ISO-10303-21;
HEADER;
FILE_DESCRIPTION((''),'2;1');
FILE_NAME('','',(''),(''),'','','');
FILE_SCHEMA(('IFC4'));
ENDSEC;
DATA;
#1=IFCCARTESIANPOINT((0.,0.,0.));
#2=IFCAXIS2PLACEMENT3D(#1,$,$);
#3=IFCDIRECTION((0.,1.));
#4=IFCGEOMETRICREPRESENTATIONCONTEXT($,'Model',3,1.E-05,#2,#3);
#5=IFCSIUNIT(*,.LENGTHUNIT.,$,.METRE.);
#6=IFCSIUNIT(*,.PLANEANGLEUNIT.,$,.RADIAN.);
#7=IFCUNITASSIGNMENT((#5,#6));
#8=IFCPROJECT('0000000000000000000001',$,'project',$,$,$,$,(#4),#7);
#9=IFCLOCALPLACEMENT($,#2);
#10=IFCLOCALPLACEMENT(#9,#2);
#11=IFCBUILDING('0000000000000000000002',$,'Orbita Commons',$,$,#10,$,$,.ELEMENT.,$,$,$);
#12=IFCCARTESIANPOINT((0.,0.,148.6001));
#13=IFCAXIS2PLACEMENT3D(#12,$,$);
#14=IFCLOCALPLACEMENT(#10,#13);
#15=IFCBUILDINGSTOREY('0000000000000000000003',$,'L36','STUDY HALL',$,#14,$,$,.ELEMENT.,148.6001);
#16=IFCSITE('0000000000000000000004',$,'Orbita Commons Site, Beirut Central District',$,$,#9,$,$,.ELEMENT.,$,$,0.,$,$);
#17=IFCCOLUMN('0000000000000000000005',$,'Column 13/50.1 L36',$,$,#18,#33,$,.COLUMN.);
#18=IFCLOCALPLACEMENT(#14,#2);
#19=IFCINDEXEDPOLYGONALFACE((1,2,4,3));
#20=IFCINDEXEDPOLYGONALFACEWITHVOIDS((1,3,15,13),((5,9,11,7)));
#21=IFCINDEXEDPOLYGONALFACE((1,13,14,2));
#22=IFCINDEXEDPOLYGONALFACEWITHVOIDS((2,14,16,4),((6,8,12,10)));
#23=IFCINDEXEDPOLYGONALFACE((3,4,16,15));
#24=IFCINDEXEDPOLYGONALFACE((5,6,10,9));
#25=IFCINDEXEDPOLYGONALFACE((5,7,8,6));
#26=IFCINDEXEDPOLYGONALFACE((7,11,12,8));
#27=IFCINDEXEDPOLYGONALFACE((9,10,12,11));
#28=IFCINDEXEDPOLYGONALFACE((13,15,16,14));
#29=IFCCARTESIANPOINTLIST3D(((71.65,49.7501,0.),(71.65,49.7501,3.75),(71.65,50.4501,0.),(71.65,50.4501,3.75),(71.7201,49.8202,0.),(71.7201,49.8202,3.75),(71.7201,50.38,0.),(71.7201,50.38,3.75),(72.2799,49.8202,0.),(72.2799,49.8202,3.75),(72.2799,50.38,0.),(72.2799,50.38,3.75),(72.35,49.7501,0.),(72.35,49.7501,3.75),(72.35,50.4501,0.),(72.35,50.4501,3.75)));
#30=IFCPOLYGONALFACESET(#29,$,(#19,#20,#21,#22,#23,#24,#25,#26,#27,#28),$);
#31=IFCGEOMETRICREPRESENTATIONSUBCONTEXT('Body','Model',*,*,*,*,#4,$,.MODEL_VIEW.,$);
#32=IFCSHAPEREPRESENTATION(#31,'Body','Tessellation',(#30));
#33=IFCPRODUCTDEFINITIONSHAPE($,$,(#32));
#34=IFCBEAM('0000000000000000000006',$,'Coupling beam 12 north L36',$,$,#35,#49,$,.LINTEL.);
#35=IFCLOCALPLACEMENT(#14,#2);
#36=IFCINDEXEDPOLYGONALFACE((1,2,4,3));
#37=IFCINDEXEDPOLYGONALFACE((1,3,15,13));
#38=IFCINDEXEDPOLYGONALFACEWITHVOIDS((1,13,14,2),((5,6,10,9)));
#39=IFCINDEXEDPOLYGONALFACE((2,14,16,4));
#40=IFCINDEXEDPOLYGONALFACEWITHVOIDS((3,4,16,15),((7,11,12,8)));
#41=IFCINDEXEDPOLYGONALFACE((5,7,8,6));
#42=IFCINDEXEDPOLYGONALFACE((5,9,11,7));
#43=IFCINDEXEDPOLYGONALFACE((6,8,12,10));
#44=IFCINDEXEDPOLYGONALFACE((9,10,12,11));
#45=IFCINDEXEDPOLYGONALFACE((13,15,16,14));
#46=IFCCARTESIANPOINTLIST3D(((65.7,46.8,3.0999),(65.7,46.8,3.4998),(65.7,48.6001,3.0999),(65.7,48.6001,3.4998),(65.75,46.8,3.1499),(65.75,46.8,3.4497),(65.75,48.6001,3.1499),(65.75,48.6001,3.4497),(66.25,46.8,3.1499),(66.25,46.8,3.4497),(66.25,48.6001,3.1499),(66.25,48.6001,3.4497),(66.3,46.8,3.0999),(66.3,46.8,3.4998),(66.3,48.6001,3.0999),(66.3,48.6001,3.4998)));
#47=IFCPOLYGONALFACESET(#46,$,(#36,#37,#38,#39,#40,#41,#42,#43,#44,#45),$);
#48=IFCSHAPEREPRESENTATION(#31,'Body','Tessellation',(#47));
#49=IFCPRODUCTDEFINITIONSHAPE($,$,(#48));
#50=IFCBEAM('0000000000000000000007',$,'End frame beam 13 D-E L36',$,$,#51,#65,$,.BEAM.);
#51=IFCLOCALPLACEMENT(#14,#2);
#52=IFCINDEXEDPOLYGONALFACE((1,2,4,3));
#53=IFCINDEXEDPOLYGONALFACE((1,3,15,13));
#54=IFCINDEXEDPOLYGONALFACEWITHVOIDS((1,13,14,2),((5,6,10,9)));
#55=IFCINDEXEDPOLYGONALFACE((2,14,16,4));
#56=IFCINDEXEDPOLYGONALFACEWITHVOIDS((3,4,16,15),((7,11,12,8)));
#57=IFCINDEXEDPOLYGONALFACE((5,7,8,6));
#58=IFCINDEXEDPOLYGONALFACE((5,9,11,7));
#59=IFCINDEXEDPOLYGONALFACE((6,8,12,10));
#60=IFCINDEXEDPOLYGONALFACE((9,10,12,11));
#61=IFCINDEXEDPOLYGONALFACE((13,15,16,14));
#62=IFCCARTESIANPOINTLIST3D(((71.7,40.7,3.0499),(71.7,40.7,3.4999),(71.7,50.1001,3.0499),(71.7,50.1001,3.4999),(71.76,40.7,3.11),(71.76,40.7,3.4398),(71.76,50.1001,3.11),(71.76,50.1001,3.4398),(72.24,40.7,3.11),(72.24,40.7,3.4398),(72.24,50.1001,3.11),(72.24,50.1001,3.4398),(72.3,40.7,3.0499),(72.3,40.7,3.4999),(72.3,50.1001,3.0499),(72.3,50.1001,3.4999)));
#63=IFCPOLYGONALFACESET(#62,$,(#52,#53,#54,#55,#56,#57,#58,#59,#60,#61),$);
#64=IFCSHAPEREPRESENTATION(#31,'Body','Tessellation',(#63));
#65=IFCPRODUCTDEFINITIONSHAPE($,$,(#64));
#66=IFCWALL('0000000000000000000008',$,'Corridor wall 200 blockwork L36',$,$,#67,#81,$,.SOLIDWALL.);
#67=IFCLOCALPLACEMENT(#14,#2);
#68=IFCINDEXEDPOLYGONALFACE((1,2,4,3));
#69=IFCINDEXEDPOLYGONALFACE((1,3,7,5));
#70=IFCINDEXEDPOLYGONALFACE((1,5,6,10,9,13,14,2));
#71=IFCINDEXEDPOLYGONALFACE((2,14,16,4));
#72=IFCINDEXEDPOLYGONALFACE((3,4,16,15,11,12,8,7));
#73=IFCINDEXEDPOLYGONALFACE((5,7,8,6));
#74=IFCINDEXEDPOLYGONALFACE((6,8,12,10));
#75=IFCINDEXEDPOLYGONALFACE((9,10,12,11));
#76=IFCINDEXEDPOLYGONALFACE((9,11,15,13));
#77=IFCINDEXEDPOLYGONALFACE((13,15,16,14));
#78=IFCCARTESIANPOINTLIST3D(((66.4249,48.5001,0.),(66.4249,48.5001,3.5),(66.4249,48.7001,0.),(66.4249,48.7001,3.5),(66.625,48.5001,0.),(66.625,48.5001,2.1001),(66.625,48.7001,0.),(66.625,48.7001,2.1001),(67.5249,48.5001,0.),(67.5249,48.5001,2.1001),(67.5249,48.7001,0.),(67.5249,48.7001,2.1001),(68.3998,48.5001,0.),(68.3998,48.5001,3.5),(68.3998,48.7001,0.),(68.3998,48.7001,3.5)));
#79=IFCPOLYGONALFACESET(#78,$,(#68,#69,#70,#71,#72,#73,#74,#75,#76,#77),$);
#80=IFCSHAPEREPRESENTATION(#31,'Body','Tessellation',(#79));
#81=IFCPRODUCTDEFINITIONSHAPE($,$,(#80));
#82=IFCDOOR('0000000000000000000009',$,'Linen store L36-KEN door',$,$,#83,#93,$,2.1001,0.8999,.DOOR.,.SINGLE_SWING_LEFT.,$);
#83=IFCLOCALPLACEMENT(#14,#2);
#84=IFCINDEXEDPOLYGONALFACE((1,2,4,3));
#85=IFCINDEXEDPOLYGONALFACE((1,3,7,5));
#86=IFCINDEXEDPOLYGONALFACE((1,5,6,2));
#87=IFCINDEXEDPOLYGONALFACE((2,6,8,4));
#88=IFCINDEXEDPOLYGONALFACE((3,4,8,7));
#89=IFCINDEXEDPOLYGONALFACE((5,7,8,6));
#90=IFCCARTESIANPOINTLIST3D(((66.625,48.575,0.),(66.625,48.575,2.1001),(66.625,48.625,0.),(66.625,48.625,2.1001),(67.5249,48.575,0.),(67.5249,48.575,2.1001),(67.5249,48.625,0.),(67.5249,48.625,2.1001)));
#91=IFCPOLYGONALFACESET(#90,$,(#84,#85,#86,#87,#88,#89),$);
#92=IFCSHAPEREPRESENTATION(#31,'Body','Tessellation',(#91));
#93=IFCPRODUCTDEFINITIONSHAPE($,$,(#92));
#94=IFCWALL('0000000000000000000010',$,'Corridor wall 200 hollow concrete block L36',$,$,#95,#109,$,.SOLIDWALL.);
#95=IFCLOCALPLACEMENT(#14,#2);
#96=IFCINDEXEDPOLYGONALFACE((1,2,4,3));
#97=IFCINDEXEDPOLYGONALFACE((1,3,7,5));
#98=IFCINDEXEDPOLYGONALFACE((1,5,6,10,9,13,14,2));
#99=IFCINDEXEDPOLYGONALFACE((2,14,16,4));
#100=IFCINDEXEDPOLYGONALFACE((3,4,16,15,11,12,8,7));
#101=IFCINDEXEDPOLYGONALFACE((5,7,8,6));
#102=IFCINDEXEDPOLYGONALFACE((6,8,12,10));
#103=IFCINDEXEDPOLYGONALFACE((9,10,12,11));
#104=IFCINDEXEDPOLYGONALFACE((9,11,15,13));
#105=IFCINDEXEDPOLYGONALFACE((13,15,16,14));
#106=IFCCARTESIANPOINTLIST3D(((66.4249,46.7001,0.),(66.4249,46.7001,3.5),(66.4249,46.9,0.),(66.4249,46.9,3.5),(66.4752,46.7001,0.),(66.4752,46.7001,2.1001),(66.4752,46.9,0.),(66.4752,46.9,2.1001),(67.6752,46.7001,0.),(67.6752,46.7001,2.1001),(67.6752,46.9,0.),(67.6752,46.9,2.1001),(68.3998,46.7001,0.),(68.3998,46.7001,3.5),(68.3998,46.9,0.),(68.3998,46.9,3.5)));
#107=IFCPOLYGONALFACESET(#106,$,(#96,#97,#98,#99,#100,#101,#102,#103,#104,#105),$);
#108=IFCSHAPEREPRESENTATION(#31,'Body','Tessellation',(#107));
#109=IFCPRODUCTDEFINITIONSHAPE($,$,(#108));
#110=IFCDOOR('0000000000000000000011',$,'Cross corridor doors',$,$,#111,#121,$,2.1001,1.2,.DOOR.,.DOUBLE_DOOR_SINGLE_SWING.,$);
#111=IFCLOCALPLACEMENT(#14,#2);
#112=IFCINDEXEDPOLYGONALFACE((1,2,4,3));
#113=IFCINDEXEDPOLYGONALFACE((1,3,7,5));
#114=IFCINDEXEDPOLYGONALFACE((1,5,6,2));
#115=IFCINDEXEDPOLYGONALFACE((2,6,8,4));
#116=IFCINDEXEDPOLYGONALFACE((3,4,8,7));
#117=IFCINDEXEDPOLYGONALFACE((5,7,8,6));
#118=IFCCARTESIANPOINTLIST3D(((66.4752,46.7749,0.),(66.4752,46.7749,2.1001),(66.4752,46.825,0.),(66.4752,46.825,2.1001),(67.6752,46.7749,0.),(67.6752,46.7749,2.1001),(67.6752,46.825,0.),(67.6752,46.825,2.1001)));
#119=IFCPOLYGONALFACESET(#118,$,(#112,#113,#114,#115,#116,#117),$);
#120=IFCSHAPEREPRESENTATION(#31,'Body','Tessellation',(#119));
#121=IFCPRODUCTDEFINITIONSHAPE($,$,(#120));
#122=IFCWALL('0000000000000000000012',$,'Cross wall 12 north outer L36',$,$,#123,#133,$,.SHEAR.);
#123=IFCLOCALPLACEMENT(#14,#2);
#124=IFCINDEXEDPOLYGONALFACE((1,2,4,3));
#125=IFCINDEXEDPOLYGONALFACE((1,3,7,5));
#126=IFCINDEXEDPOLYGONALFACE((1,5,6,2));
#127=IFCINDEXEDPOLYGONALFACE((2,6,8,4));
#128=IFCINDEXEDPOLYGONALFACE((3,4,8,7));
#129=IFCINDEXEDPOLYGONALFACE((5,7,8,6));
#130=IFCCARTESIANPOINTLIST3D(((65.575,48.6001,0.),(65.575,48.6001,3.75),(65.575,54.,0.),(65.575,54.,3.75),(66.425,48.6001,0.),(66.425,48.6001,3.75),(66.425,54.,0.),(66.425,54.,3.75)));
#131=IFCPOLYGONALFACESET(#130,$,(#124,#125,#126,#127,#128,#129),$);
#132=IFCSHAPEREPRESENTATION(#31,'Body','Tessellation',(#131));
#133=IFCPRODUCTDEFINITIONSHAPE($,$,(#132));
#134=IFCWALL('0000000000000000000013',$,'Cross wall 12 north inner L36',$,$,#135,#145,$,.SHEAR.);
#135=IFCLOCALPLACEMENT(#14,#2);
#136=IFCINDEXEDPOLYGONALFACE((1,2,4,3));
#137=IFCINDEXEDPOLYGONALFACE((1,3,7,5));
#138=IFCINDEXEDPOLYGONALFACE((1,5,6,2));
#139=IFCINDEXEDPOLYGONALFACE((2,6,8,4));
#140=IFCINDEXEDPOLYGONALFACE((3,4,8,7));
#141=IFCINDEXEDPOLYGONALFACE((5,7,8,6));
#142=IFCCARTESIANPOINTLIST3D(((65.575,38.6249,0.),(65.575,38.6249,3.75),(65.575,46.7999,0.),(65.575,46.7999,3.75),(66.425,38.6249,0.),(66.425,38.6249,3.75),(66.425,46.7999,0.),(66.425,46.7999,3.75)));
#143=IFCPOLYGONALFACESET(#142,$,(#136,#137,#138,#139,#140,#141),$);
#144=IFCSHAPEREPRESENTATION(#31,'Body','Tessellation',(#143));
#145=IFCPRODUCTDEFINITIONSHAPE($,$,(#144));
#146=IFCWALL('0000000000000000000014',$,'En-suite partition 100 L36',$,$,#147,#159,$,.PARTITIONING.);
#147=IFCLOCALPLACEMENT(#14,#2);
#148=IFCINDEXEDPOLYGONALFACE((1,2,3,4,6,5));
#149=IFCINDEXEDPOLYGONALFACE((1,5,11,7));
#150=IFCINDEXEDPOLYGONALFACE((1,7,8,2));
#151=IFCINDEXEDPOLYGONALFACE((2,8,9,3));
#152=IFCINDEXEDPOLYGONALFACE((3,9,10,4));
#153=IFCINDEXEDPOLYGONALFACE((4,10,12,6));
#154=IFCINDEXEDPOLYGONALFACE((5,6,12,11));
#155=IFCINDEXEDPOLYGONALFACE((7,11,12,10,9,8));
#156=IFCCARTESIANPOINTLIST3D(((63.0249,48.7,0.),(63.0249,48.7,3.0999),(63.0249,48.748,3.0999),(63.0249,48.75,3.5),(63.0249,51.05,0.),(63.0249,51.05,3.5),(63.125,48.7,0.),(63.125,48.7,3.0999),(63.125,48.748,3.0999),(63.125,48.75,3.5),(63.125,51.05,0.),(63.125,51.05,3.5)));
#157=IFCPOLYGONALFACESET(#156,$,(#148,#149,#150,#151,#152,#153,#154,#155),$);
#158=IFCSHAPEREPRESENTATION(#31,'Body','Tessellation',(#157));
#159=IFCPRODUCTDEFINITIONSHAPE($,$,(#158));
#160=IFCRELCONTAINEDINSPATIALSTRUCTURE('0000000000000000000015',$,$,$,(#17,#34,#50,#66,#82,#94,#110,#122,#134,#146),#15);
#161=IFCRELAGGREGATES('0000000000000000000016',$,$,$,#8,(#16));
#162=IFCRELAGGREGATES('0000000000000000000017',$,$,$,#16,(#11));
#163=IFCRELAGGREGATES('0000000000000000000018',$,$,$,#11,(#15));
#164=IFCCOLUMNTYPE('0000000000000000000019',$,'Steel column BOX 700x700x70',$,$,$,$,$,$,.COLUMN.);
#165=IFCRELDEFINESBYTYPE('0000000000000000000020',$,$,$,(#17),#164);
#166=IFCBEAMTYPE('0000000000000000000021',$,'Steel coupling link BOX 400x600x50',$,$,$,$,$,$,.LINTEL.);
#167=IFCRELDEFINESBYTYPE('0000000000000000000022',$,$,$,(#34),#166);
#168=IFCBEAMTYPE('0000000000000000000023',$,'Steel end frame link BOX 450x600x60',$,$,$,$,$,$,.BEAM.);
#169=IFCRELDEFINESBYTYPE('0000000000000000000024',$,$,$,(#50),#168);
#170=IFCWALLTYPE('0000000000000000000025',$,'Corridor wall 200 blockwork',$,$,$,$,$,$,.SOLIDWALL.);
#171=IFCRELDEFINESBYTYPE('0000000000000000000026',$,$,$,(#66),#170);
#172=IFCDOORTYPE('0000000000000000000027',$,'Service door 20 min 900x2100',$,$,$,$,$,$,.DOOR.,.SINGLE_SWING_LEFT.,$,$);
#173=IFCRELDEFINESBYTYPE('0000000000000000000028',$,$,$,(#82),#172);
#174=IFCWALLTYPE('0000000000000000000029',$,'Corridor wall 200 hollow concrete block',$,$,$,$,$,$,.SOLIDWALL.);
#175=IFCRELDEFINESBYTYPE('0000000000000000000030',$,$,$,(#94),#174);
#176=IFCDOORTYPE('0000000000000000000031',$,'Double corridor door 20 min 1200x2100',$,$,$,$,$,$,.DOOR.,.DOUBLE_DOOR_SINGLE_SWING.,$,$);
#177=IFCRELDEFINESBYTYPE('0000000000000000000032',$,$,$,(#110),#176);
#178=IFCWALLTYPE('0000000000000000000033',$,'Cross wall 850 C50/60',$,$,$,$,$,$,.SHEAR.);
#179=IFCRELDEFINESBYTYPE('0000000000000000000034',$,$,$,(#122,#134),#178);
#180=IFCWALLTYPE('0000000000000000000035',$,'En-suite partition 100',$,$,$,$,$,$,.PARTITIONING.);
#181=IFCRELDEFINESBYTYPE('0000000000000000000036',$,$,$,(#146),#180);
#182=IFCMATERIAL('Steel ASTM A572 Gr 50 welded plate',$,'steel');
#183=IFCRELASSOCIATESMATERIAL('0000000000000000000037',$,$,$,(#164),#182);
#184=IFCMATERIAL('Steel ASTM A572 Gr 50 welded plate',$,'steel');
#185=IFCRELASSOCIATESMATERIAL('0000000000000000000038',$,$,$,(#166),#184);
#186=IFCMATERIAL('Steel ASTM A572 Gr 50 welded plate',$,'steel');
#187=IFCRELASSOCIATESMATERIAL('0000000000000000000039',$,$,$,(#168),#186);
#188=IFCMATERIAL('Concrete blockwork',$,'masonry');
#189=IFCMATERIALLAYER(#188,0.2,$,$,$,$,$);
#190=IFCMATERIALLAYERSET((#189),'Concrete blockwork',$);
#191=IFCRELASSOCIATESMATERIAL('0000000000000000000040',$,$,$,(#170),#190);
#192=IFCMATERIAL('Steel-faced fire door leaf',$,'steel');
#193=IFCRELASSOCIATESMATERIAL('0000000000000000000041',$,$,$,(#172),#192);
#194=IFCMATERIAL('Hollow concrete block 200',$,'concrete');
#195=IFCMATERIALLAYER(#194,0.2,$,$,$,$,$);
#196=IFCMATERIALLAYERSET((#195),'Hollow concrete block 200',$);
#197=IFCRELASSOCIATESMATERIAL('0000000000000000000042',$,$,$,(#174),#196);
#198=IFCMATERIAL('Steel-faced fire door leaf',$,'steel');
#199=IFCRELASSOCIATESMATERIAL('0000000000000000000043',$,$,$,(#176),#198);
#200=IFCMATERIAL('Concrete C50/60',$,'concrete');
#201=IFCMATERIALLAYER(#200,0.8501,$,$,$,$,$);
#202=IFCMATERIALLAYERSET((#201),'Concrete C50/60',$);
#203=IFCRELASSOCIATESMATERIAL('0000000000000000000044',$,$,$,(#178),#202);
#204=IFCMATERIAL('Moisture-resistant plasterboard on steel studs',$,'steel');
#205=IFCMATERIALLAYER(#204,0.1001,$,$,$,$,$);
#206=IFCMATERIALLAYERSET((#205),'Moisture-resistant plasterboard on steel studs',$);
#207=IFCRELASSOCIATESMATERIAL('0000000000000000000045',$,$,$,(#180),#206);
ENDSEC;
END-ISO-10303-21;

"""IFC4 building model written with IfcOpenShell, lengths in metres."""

from ifc_helpers import new_model, si_unit, direction, frame, frame_2d, origin, origin_2d, place, context, subcontext, project, spatial, polyline, rectangle, hollow_rectangle, outline, extrude, material, layer, layer_set, material_profile, profile_set, type_object, element, fill, save


model = new_model("IFC4")

# Units and contexts
model_context = context("Model", 3, precision=1e-05, world=origin(), true_north=direction((0.0, 1.0)))
body_context = subcontext(model_context, "Body", "Model", "MODEL_VIEW")
ifc_project = project(units=[si_unit("LENGTHUNIT", "METRE"), si_unit("PLANEANGLEUNIT", "RADIAN")], contexts=[model_context])

# Site, building, storey
site_placement = place(None, origin())
site = spatial("IfcSite", under=ifc_project, at=site_placement, Name="Orbita Commons Site, Beirut Central District", CompositionType="ELEMENT", RefElevation=0.0)
building_placement = place(site_placement, origin())
building = spatial("IfcBuilding", under=site, at=building_placement, Name="Orbita Commons", CompositionType="ELEMENT")
storey_placement = place(building_placement, frame((0.0, 0.0, 148.6001)))
storey = spatial("IfcBuildingStorey", under=building, at=storey_placement, Name="L36", Description="STUDY HALL", CompositionType="ELEMENT", Elevation=148.6001)

# Column
ifc_material_1 = material(Name="Steel ASTM A572 Gr 50 welded plate", Category="steel")
ifc_material_profile_1 = material_profile(ifc_material_1, hollow_rectangle(XDim=0.7, YDim=0.7, WallThickness=0.0701, at=origin_2d()), Name="BOX 700x700x70")
ifc_profile_set_1 = profile_set([ifc_material_profile_1], Name="Steel ASTM A572 Gr 50 welded plate")
column_type = type_object("IfcColumnType", Name="Steel column BOX 700x700x70", PredefinedType="COLUMN", material=ifc_profile_set_1)
column_placement = place(storey_placement, frame((72.0, 50.1001, 0.0), z_axis=(0.0, 0.0, 1.0), x_axis=(1.0, 0.0, 0.0)))
element("IfcColumn", 1, at=column_placement, inside=storey, type_object=column_type, Name="Column 13/50.1 L36", PredefinedType="COLUMN", context=body_context, shape_type="SweptSolid", body=[
    extrude(hollow_rectangle(XDim=0.7, YDim=0.7, WallThickness=0.0701, at=origin_2d()), origin(), (0.0, 0.0, 1.0), 3.75),
])

# Beams
ifc_material_2 = material(Name="Steel ASTM A572 Gr 50 welded plate", Category="steel")
ifc_material_profile_2 = material_profile(ifc_material_2, hollow_rectangle(XDim=0.6001, YDim=0.3999, WallThickness=0.05, at=origin_2d()), Name="BOX 400x600x50")
ifc_profile_set_2 = profile_set([ifc_material_profile_2], Name="Steel ASTM A572 Gr 50 welded plate")
beam_type_1 = type_object("IfcBeamType", Name="Steel coupling link BOX 400x600x50", PredefinedType="LINTEL", material=ifc_profile_set_2)
beam_1_placement = place(storey_placement, frame((66.0, 46.8, 3.2998), z_axis=(0.0, 1.0, 0.0), x_axis=(-1.0, 0.0, 0.0)))
element("IfcBeam", 2, at=beam_1_placement, inside=storey, type_object=beam_type_1, Name="Coupling beam 12 north L36", PredefinedType="LINTEL", context=body_context, shape_type="SweptSolid", body=[
    extrude(hollow_rectangle(XDim=0.6001, YDim=0.3999, WallThickness=0.05, at=origin_2d()), origin(), (0.0, 0.0, 1.0), 1.8),
])
ifc_material_3 = material(Name="Steel ASTM A572 Gr 50 welded plate", Category="steel")
ifc_material_profile_3 = material_profile(ifc_material_3, hollow_rectangle(XDim=0.6001, YDim=0.45, WallThickness=0.0601, at=origin_2d()), Name="BOX 450x600x60")
ifc_profile_set_3 = profile_set([ifc_material_profile_3], Name="Steel ASTM A572 Gr 50 welded plate")
beam_type_2 = type_object("IfcBeamType", Name="Steel end frame link BOX 450x600x60", PredefinedType="BEAM", material=ifc_profile_set_3)
beam_2_placement = place(storey_placement, frame((72.0, 40.7, 3.2749), z_axis=(0.0, 1.0, 0.0), x_axis=(-1.0, 0.0, 0.0)))
element("IfcBeam", 3, at=beam_2_placement, inside=storey, type_object=beam_type_2, Name="End frame beam 13 D-E L36", PredefinedType="BEAM", context=body_context, shape_type="SweptSolid", body=[
    extrude(hollow_rectangle(XDim=0.6001, YDim=0.45, WallThickness=0.0601, at=origin_2d()), origin(), (0.0, 0.0, 1.0), 9.4001),
])

# Walls, openings, doors
ifc_material_4 = material(Name="Concrete blockwork", Category="masonry")
ifc_layer_1 = layer(ifc_material_4, 0.2)
ifc_layer_set_1 = layer_set([ifc_layer_1], Name="Concrete blockwork")
wall_type_1 = type_object("IfcWallType", Name="Corridor wall 200 blockwork", PredefinedType="SOLIDWALL", material=ifc_layer_set_1)
wall_1_placement = place(storey_placement, frame((66.425, 48.6001, 0.0), z_axis=(0.0, 0.0, 1.0), x_axis=(1.0, 0.0, 0.0)))
wall_1 = element("IfcWall", 4, at=wall_1_placement, inside=storey, type_object=wall_type_1, Name="Corridor wall 200 blockwork L36", PredefinedType="SOLIDWALL", context=body_context, shape_type="SweptSolid", body=[
    extrude(rectangle(XDim=1.9749, YDim=0.2, at=frame_2d((0.9873, 0.0))), origin(), (0.0, 0.0, 1.0), 3.5),
])
opening_1_placement = place(wall_1_placement, frame((0.2, 0.0, 0.0)))
opening_1 = element("IfcOpeningElement", 5, at=opening_1_placement, cuts=wall_1, PredefinedType="OPENING", context=body_context, shape_type="SweptSolid", body=[
    extrude(rectangle(XDim=0.8999, YDim=2.1001, at=frame_2d((0.45, 1.05))), frame((0.0, 0.1099, 0.0), z_axis=(0.0, -1.0, 0.0), x_axis=(1.0, 0.0, 0.0)), (0.0, 0.0, 1.0), 0.22),
])
ifc_material_5 = material(Name="Steel-faced fire door leaf", Category="steel")
door_type_1 = type_object("IfcDoorType", Name="Service door 20 min 900x2100", OperationType="SINGLE_SWING_LEFT", PredefinedType="DOOR", material=ifc_material_5)
door_1_placement = place(opening_1_placement, origin())
door_1 = element("IfcDoor", 6, at=door_1_placement, inside=storey, type_object=door_type_1, Name="Linen store L36-KEN door", OperationType="SINGLE_SWING_LEFT", OverallHeight=2.1001, OverallWidth=0.8999, PredefinedType="DOOR", context=body_context, shape_type="SweptSolid", body=[
    extrude(rectangle(XDim=0.8999, YDim=2.1001, at=frame_2d((0.45, 1.05))), frame((0.0, 0.0249, 0.0), z_axis=(0.0, -1.0, 0.0), x_axis=(1.0, 0.0, 0.0)), (0.0, 0.0, 1.0), 0.05),
])
fill(opening_1, door_1)
ifc_material_6 = material(Name="Hollow concrete block 200", Category="concrete")
ifc_layer_2 = layer(ifc_material_6, 0.2)
ifc_layer_set_2 = layer_set([ifc_layer_2], Name="Hollow concrete block 200")
wall_type_2 = type_object("IfcWallType", Name="Corridor wall 200 hollow concrete block", PredefinedType="SOLIDWALL", material=ifc_layer_set_2)
wall_2_placement = place(storey_placement, frame((66.425, 46.8, 0.0), z_axis=(0.0, 0.0, 1.0), x_axis=(1.0, 0.0, 0.0)))
wall_2 = element("IfcWall", 7, at=wall_2_placement, inside=storey, type_object=wall_type_2, Name="Corridor wall 200 hollow concrete block L36", PredefinedType="SOLIDWALL", context=body_context, shape_type="SweptSolid", body=[
    extrude(rectangle(XDim=1.9749, YDim=0.2, at=frame_2d((0.9873, 0.0))), origin(), (0.0, 0.0, 1.0), 3.5),
])
opening_2_placement = place(wall_2_placement, frame((0.05, 0.0, 0.0)))
opening_2 = element("IfcOpeningElement", 8, at=opening_2_placement, cuts=wall_2, PredefinedType="OPENING", context=body_context, shape_type="SweptSolid", body=[
    extrude(rectangle(XDim=1.2, YDim=2.1001, at=frame_2d((0.6001, 1.05))), frame((0.0, 0.1099, 0.0), z_axis=(0.0, -1.0, 0.0), x_axis=(1.0, 0.0, 0.0)), (0.0, 0.0, 1.0), 0.22),
])
ifc_material_7 = material(Name="Steel-faced fire door leaf", Category="steel")
door_type_2 = type_object("IfcDoorType", Name="Double corridor door 20 min 1200x2100", OperationType="DOUBLE_DOOR_SINGLE_SWING", PredefinedType="DOOR", material=ifc_material_7)
door_2_placement = place(opening_2_placement, origin())
door_2 = element("IfcDoor", 9, at=door_2_placement, inside=storey, type_object=door_type_2, Name="Cross corridor doors", OperationType="DOUBLE_DOOR_SINGLE_SWING", OverallHeight=2.1001, OverallWidth=1.2, PredefinedType="DOOR", context=body_context, shape_type="SweptSolid", body=[
    extrude(rectangle(XDim=1.2, YDim=2.1001, at=frame_2d((0.6001, 1.05))), frame((0.0, 0.0249, 0.0), z_axis=(0.0, -1.0, 0.0), x_axis=(1.0, 0.0, 0.0)), (0.0, 0.0, 1.0), 0.05),
])
fill(opening_2, door_2)

# Walls
ifc_material_8 = material(Name="Concrete C50/60", Category="concrete")
ifc_layer_3 = layer(ifc_material_8, 0.8501)
ifc_layer_set_3 = layer_set([ifc_layer_3], Name="Concrete C50/60")
wall_type_3 = type_object("IfcWallType", Name="Cross wall 850 C50/60", PredefinedType="SHEAR", material=ifc_layer_set_3)
wall_3_placement = place(storey_placement, frame((66.0, 48.6001, 0.0), z_axis=(0.0, 0.0, 1.0), x_axis=(0.0, 1.0, 0.0)))
element("IfcWall", 10, at=wall_3_placement, inside=storey, type_object=wall_type_3, Name="Cross wall 12 north outer L36", PredefinedType="SHEAR", context=body_context, shape_type="SweptSolid", body=[
    extrude(rectangle(XDim=5.3999, YDim=0.8501, at=frame_2d((2.7, 0.0))), origin(), (0.0, 0.0, 1.0), 3.75),
])
wall_4_placement = place(storey_placement, frame((66.0, 38.625, 0.0), z_axis=(0.0, 0.0, 1.0), x_axis=(0.0, 1.0, 0.0)))
element("IfcWall", 11, at=wall_4_placement, inside=storey, type_object=wall_type_3, Name="Cross wall 12 north inner L36", PredefinedType="SHEAR", context=body_context, shape_type="SweptSolid", body=[
    extrude(rectangle(XDim=8.175, YDim=0.8501, at=frame_2d((4.0874, 0.0))), origin(), (0.0, 0.0, 1.0), 3.75),
])
ifc_material_9 = material(Name="Moisture-resistant plasterboard on steel studs", Category="steel")
ifc_layer_4 = layer(ifc_material_9, 0.1001)
ifc_layer_set_4 = layer_set([ifc_layer_4], Name="Moisture-resistant plasterboard on steel studs")
wall_type_4 = type_object("IfcWallType", Name="En-suite partition 100", PredefinedType="PARTITIONING", material=ifc_layer_set_4)
wall_5_placement = place(storey_placement, frame((63.075, 51.05, 0.0), z_axis=(0.0, 0.0, 1.0), x_axis=(0.0, -1.0, 0.0)))
element("IfcWall", 12, at=wall_5_placement, inside=storey, type_object=wall_type_4, Name="En-suite partition 100 L36", PredefinedType="PARTITIONING", context=body_context, shape_type="SweptSolid", body=[
    extrude(outline(polyline([(0.0, 0.0), (2.3501, 0.0), (2.3501, 3.0999), (2.302, 3.0999), (2.3, 3.5), (0.0, 3.5), (0.0, 0.0)])), frame((0.0, 0.05, 0.0), z_axis=(0.0, -1.0, 0.0), x_axis=(1.0, 0.0, 0.0)), (0.0, 0.0, 1.0), 0.1001),
])

save(model, "model.ifc")
